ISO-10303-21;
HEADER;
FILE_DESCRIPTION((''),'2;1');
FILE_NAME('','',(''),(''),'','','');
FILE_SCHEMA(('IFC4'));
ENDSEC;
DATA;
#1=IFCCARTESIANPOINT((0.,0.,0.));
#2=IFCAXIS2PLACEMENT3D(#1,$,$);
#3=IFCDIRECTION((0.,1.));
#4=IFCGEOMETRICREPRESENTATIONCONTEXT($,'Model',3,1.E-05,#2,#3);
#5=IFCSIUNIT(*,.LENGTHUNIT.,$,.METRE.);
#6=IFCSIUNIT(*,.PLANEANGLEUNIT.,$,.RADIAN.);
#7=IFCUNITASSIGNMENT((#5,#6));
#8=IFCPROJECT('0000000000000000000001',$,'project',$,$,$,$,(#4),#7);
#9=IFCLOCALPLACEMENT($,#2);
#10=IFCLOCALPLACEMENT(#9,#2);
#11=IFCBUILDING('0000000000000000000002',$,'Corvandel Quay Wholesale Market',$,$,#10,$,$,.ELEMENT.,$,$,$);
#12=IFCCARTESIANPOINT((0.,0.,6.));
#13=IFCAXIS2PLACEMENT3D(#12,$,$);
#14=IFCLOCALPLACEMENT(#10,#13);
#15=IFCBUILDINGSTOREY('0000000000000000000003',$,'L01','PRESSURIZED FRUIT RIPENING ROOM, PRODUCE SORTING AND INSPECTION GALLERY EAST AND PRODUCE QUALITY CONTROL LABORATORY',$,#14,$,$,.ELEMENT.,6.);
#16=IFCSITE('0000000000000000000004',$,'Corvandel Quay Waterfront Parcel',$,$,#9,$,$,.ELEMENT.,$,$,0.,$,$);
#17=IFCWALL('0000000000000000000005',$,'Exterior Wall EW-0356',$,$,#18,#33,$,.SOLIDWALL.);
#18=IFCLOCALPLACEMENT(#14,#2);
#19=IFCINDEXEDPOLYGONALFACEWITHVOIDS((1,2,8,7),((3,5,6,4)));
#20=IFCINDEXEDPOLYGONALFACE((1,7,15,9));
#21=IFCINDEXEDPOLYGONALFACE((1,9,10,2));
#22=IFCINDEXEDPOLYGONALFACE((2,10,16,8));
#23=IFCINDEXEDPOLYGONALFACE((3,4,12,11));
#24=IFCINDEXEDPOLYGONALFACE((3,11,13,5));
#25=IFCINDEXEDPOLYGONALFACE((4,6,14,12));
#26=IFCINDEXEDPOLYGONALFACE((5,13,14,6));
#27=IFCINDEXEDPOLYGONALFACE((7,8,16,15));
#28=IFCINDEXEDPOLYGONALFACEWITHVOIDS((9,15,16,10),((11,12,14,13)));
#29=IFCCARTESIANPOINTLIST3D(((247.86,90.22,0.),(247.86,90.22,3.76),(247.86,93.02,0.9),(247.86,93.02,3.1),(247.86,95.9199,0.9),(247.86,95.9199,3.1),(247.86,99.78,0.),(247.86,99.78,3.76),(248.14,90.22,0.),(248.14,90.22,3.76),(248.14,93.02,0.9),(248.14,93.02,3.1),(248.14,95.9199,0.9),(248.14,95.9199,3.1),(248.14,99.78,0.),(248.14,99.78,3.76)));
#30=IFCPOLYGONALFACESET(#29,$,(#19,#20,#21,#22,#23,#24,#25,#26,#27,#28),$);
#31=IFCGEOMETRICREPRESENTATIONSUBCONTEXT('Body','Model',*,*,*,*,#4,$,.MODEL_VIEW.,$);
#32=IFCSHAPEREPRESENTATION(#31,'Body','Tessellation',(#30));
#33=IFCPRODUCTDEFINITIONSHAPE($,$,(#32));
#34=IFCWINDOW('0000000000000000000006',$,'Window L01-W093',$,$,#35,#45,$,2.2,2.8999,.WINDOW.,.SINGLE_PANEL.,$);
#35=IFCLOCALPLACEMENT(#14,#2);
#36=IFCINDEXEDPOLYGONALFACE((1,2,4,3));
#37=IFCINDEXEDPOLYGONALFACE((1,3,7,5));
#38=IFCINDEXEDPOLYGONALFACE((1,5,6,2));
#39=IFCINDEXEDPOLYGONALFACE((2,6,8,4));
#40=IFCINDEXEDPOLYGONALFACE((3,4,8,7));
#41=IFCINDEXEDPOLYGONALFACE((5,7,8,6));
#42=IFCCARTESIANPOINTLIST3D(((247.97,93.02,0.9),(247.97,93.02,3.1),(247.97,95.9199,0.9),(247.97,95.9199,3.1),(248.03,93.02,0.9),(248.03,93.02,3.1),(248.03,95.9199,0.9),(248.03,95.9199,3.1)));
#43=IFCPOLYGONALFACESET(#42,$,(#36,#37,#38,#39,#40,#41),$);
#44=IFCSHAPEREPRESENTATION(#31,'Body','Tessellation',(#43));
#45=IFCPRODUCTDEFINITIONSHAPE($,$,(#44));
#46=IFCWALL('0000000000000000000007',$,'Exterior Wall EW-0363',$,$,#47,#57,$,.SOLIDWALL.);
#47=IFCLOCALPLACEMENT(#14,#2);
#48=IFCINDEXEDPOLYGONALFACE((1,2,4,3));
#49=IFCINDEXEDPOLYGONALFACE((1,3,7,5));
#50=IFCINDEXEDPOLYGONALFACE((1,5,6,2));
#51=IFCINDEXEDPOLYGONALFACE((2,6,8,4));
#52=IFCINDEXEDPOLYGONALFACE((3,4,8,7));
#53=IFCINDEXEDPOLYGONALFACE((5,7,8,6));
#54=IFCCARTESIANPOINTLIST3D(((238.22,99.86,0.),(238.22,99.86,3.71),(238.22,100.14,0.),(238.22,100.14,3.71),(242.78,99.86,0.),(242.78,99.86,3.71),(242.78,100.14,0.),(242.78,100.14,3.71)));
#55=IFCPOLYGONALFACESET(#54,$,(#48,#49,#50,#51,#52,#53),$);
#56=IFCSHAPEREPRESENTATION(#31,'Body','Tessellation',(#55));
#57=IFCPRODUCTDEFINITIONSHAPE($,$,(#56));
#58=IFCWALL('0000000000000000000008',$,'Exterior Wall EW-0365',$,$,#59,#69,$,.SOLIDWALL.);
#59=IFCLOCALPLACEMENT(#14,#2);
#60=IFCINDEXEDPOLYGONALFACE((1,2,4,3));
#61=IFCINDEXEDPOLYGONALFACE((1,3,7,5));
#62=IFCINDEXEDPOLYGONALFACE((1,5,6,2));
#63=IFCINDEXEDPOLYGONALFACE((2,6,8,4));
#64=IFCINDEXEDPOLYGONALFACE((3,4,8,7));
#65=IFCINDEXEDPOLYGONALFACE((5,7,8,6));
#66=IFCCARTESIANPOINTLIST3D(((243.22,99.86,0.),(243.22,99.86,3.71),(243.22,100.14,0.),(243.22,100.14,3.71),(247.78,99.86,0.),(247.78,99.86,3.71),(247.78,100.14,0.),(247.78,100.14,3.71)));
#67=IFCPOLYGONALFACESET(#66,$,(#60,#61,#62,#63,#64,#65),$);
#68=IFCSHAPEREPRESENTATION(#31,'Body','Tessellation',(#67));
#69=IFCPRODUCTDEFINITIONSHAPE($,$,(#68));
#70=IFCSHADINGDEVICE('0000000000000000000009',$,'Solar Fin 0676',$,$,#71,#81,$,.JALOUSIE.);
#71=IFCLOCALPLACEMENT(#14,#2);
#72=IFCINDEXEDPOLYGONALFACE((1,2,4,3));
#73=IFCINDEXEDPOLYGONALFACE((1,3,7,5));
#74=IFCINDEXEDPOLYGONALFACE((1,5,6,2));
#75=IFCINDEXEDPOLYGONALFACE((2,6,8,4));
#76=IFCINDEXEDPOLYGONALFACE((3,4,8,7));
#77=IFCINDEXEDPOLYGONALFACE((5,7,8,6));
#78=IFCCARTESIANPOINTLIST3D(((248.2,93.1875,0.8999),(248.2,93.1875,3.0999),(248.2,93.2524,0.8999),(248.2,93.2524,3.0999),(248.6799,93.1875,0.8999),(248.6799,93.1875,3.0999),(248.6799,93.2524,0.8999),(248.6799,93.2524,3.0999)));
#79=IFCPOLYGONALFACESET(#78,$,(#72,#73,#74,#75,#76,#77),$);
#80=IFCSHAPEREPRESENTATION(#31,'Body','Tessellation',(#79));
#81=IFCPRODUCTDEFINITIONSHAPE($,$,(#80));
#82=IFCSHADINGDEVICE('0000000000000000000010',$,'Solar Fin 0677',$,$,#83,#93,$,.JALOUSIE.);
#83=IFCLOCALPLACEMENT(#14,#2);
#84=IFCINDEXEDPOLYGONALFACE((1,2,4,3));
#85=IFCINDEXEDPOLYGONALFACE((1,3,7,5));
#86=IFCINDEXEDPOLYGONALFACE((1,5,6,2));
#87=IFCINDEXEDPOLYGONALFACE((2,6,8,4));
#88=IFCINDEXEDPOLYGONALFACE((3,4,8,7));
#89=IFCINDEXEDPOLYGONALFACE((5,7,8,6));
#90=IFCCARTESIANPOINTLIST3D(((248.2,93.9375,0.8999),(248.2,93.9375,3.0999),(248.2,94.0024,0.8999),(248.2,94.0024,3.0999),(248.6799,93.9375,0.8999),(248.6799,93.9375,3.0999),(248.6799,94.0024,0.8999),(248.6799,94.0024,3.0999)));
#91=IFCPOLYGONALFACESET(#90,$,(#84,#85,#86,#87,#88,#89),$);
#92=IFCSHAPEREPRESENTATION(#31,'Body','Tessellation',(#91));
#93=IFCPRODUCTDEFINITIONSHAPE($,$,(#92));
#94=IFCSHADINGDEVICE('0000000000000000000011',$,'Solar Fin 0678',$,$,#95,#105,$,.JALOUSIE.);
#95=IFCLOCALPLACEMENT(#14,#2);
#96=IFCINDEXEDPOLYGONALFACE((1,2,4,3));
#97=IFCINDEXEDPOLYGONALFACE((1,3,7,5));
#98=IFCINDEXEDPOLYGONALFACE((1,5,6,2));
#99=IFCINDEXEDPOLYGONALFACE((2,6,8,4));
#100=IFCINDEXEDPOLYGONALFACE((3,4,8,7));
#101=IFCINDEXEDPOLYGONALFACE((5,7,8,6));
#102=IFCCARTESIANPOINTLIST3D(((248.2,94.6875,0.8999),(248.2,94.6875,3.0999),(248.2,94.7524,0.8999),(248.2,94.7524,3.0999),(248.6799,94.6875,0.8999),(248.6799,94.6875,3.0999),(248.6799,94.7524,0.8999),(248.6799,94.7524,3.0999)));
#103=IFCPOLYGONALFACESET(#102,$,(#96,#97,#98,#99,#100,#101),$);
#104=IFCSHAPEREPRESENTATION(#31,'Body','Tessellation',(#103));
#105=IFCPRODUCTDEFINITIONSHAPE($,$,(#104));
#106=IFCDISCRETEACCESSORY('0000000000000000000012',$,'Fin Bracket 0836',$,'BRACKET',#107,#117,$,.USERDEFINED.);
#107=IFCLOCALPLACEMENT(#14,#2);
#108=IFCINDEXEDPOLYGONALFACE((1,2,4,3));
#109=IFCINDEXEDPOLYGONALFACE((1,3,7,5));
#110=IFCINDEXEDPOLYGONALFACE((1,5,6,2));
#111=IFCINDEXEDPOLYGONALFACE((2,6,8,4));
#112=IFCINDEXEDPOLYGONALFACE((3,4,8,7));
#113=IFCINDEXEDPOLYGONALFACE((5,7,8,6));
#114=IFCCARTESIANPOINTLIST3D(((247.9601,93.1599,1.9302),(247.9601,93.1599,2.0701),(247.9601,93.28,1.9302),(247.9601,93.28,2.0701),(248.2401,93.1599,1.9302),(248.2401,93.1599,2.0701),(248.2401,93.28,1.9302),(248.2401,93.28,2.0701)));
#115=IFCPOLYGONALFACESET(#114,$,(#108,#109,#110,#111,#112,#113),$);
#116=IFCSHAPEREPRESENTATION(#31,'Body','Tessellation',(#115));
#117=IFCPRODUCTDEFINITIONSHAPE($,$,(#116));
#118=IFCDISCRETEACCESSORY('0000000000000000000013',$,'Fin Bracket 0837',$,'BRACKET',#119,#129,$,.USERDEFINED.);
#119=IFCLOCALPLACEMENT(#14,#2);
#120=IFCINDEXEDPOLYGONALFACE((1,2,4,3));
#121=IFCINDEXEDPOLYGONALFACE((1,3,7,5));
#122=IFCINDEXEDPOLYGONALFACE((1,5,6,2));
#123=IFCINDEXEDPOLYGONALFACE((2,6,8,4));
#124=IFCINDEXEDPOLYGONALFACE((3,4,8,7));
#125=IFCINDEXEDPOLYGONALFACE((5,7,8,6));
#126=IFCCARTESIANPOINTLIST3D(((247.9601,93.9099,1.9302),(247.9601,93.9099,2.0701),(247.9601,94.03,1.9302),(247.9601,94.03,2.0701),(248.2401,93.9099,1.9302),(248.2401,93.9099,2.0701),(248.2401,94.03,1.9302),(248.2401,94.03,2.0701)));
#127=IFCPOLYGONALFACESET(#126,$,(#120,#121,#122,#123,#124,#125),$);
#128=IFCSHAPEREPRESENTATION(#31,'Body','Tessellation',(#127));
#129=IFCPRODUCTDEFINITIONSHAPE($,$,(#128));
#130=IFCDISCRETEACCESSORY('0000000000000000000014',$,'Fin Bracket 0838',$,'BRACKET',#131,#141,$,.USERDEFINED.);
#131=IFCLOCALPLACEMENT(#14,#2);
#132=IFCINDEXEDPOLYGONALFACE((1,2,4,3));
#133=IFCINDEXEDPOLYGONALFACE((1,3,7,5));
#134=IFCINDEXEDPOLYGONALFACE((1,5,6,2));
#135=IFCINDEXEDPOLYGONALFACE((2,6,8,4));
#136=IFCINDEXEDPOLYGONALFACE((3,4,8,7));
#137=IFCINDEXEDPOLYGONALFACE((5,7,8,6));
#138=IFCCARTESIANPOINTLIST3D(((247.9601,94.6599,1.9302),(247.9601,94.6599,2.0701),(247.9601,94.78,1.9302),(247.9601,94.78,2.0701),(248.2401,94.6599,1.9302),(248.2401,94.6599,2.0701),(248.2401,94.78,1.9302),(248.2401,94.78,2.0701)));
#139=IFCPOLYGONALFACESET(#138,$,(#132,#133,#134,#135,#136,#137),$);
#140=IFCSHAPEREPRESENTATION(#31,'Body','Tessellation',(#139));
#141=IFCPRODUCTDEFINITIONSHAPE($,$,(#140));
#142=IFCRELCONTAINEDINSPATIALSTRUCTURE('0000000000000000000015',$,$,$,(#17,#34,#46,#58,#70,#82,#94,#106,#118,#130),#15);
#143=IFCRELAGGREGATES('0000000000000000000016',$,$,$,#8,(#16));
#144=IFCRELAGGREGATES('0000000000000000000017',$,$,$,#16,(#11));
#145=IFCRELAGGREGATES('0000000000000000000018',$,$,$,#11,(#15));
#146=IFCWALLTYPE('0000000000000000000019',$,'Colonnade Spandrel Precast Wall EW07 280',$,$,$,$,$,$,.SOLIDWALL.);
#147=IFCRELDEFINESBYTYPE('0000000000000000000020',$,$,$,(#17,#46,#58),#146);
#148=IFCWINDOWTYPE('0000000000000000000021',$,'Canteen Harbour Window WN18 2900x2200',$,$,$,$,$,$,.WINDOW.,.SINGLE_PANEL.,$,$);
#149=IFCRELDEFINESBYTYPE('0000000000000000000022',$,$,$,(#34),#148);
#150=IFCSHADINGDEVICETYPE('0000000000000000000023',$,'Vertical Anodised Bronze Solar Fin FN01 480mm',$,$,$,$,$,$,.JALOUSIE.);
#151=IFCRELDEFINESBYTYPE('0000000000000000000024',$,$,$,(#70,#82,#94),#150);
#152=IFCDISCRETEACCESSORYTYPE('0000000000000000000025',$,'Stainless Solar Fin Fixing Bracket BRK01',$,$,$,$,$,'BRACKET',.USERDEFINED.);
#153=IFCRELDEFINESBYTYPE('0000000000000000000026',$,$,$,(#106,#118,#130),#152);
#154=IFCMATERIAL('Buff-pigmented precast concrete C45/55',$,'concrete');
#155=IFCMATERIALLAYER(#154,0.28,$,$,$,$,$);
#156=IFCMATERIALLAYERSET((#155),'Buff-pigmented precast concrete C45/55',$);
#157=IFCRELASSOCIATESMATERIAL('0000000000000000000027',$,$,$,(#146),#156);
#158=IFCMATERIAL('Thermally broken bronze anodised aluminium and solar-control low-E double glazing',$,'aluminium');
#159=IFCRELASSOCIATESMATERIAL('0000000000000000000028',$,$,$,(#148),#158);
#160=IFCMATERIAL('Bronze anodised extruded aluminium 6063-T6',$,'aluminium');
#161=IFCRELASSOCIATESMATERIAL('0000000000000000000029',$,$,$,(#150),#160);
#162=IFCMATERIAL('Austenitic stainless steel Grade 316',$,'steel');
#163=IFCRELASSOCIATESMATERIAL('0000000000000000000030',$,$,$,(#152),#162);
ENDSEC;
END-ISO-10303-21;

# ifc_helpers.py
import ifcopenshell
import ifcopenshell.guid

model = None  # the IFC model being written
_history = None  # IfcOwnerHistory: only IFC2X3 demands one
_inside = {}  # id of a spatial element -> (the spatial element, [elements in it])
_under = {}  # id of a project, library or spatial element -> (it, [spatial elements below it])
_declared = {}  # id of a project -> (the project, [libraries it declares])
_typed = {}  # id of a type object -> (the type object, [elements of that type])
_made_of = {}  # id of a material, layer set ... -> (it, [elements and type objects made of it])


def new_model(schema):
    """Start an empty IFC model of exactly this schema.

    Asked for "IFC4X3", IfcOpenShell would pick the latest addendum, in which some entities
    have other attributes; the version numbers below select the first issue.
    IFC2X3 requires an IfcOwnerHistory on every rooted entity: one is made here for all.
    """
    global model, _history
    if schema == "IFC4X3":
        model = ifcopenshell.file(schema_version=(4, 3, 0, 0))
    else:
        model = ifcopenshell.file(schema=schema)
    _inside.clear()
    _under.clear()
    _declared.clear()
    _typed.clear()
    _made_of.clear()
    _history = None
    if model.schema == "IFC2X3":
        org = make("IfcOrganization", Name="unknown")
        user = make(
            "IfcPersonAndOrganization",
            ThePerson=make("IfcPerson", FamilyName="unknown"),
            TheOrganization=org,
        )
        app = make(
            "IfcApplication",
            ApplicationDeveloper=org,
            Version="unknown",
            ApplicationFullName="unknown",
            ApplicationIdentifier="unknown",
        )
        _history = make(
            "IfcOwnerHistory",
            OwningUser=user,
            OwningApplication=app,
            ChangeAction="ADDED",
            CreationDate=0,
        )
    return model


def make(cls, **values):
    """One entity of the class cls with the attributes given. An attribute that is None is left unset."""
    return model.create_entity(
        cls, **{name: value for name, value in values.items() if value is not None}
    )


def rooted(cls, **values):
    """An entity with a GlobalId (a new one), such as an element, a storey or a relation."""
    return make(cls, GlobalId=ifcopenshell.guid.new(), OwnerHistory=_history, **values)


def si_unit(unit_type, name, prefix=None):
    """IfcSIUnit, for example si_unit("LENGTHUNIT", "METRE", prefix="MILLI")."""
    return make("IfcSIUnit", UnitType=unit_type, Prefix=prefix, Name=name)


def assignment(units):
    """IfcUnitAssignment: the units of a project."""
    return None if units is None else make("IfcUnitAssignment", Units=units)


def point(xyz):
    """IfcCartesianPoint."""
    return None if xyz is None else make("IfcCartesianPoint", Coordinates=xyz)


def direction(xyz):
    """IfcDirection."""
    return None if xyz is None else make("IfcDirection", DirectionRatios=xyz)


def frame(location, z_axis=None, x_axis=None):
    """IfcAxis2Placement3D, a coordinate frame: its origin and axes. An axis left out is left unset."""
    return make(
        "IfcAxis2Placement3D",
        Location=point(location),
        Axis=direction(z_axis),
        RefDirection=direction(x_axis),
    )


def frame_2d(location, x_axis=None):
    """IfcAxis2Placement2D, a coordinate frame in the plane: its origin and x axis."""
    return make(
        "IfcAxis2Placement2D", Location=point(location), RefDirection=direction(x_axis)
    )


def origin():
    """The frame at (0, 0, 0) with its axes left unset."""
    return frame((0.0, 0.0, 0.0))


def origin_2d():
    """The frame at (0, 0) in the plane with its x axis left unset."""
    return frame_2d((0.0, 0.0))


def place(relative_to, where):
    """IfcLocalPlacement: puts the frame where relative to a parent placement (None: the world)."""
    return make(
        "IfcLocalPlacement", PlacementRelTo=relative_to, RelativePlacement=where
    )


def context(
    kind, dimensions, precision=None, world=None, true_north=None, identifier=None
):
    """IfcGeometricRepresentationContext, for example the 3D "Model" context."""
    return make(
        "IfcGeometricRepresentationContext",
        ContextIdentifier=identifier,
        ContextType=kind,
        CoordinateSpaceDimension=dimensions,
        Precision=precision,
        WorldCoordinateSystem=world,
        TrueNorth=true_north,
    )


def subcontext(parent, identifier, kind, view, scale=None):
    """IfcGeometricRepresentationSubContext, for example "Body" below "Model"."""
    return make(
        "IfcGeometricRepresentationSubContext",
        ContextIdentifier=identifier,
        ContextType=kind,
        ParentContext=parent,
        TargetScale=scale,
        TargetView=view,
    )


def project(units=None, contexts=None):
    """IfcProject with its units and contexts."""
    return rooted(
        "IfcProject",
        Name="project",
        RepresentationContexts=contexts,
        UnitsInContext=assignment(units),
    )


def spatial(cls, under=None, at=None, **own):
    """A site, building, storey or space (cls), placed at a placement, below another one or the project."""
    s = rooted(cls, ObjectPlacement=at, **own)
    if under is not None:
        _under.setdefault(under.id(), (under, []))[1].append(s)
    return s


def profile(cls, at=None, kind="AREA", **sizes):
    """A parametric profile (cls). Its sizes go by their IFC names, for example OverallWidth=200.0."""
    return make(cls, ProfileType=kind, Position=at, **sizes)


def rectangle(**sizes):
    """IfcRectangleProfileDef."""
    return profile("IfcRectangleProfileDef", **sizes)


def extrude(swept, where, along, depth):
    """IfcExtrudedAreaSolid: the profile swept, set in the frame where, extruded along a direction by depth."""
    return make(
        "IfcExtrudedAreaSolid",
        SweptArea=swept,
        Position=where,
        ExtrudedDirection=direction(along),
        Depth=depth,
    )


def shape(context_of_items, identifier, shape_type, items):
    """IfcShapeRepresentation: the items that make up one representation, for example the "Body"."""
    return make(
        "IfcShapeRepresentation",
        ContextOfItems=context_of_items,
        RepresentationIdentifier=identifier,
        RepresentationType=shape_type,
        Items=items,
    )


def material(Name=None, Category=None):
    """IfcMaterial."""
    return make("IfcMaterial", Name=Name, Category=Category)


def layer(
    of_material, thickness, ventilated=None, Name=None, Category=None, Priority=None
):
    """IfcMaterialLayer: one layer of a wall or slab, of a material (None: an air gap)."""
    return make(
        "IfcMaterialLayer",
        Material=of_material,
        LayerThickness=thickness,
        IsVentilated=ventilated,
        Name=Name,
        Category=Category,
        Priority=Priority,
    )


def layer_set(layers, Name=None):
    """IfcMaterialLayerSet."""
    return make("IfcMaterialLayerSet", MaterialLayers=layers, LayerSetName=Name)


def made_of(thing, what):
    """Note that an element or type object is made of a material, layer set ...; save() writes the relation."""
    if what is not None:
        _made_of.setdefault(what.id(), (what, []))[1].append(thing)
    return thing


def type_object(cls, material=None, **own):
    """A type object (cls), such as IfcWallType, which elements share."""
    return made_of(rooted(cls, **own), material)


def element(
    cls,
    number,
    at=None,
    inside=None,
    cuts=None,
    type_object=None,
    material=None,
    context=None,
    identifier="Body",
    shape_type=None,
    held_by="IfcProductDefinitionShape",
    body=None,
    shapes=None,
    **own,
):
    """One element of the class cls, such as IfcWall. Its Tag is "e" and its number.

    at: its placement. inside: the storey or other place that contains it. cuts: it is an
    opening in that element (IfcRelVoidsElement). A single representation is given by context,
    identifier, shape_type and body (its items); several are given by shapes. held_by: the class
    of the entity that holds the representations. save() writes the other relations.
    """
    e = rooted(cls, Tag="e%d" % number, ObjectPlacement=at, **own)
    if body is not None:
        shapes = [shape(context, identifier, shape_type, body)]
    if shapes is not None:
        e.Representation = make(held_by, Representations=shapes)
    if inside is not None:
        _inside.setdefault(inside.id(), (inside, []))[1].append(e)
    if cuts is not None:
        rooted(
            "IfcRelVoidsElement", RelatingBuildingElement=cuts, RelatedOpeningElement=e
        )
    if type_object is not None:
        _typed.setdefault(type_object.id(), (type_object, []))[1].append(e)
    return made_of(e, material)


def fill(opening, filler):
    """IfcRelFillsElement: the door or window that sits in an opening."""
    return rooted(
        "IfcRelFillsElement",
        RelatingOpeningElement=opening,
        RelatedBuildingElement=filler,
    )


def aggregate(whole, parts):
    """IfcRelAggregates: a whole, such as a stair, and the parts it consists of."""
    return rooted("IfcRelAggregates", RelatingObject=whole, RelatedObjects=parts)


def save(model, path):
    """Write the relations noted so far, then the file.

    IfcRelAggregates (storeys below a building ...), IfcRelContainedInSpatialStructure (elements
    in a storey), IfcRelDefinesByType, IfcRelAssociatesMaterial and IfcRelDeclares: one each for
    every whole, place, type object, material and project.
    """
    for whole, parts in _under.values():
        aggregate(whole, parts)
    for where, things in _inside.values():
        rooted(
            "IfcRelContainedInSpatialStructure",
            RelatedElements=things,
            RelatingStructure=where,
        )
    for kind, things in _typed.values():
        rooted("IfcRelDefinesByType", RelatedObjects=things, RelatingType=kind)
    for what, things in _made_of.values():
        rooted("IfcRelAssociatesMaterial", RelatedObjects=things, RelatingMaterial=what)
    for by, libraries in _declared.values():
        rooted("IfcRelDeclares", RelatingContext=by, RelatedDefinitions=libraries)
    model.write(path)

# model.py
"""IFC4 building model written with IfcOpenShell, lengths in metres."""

from ifc_helpers import new_model, si_unit, direction, frame, frame_2d, origin, origin_2d, place, context, subcontext, project, spatial, rectangle, extrude, material, layer, layer_set, type_object, element, fill, save


model = new_model("IFC4")

# Units and contexts
model_context = context("Model", 3, precision=1e-05, world=origin(), true_north=direction((0.0, 1.0)))
body_context = subcontext(model_context, "Body", "Model", "MODEL_VIEW")
ifc_project = project(units=[si_unit("LENGTHUNIT", "METRE"), si_unit("PLANEANGLEUNIT", "RADIAN")], contexts=[model_context])

# Site, building, storey
site_placement = place(None, origin())
site = spatial("IfcSite", under=ifc_project, at=site_placement, Name="Corvandel Quay Waterfront Parcel", CompositionType="ELEMENT", RefElevation=0.0)
building_placement = place(site_placement, origin())
building = spatial("IfcBuilding", under=site, at=building_placement, Name="Corvandel Quay Wholesale Market", CompositionType="ELEMENT")
storey_placement = place(building_placement, frame((0.0, 0.0, 6.0)))
storey = spatial("IfcBuildingStorey", under=building, at=storey_placement, Name="L01", Description="PRESSURIZED FRUIT RIPENING ROOM, PRODUCE SORTING AND INSPECTION GALLERY EAST AND PRODUCE QUALITY CONTROL LABORATORY", CompositionType="ELEMENT", Elevation=6.0)

# Wall, opening, window
ifc_material_1 = material(Name="Buff-pigmented precast concrete C45/55", Category="concrete")
ifc_layer_1 = layer(ifc_material_1, 0.28)
ifc_layer_set_1 = layer_set([ifc_layer_1], Name="Buff-pigmented precast concrete C45/55")
wall_type = type_object("IfcWallType", Name="Colonnade Spandrel Precast Wall EW07 280", PredefinedType="SOLIDWALL", material=ifc_layer_set_1)
wall_placement = place(storey_placement, frame((248.0, 90.22, 0.0), z_axis=(0.0, 0.0, 1.0), x_axis=(0.0, 1.0, 0.0)))
wall = element("IfcWall", 1, at=wall_placement, inside=storey, type_object=wall_type, Name="Exterior Wall EW-0356", PredefinedType="SOLIDWALL", context=body_context, shape_type="SweptSolid", body=[
    extrude(rectangle(XDim=9.5601, YDim=0.28, at=frame_2d((4.78, 0.0))), origin(), (0.0, 0.0, 1.0), 3.76),
])
opening_placement = place(wall_placement, frame((2.8, 0.0, 0.8999)))
opening = element("IfcOpeningElement", 2, at=opening_placement, cuts=wall, PredefinedType="OPENING", context=body_context, shape_type="SweptSolid", body=[
    extrude(rectangle(XDim=2.8999, YDim=2.2, at=frame_2d((1.45, 1.1001))), frame((0.0, 0.1499, 0.0), z_axis=(0.0, -1.0, 0.0), x_axis=(1.0, 0.0, 0.0)), (0.0, 0.0, 1.0), 0.3),
])
ifc_material_2 = material(Name="Thermally broken bronze anodised aluminium and solar-control low-E double glazing", Category="aluminium")
window_type = type_object("IfcWindowType", Name="Canteen Harbour Window WN18 2900x2200", PartitioningType="SINGLE_PANEL", PredefinedType="WINDOW", material=ifc_material_2)
window_placement = place(opening_placement, origin())
window = element("IfcWindow", 3, at=window_placement, inside=storey, type_object=window_type, Name="Window L01-W093", OverallHeight=2.2, OverallWidth=2.8999, PartitioningType="SINGLE_PANEL", PredefinedType="WINDOW", context=body_context, shape_type="SweptSolid", body=[
    extrude(rectangle(XDim=2.8999, YDim=2.2, at=frame_2d((1.45, 1.1001))), frame((0.0, 0.03, 0.0), z_axis=(0.0, -1.0, 0.0), x_axis=(1.0, 0.0, 0.0)), (0.0, 0.0, 1.0), 0.0601),
])
fill(opening, window)

# Walls
for number, where, z_axis, x_axis, name in (
    (4, (238.22, 100.0, 0.0), (0.0, 0.0, 1.0), (1.0, 0.0, 0.0), "Exterior Wall EW-0363"),
    (5, (243.22, 100.0, 0.0), (0.0, 0.0, 1.0), (1.0, 0.0, 0.0), "Exterior Wall EW-0365"),
):
    element("IfcWall", number, at=place(storey_placement, frame(where, z_axis=z_axis, x_axis=x_axis)), inside=storey, type_object=wall_type, Name=name, PredefinedType="SOLIDWALL", context=body_context, shape_type="SweptSolid", body=[
        extrude(rectangle(XDim=4.5601, YDim=0.28, at=frame_2d((2.28, 0.0))), origin(), (0.0, 0.0, 1.0), 3.71),
    ])

# Shading devices
ifc_material_3 = material(Name="Bronze anodised extruded aluminium 6063-T6", Category="aluminium")
shading_device_type = type_object("IfcShadingDeviceType", Name="Vertical Anodised Bronze Solar Fin FN01 480mm", PredefinedType="JALOUSIE", material=ifc_material_3)
for number, where, z_axis, x_axis, name in (
    (6, (248.4399, 93.22, 0.8999), (0.0, 0.0, 1.0), (1.0, 0.0, 0.0), "Solar Fin 0676"),
    (7, (248.4399, 93.97, 0.8999), (0.0, 0.0, 1.0), (1.0, 0.0, 0.0), "Solar Fin 0677"),
    (8, (248.4399, 94.72, 0.8999), (0.0, 0.0, 1.0), (1.0, 0.0, 0.0), "Solar Fin 0678"),
):
    element("IfcShadingDevice", number, at=place(storey_placement, frame(where, z_axis=z_axis, x_axis=x_axis)), inside=storey, type_object=shading_device_type, Name=name, PredefinedType="JALOUSIE", context=body_context, shape_type="SweptSolid", body=[
        extrude(rectangle(XDim=0.48, YDim=0.0649, at=origin_2d()), origin(), (0.0, 0.0, 1.0), 2.2),
    ])

# Discrete accessories
ifc_material_4 = material(Name="Austenitic stainless steel Grade 316", Category="steel")
discrete_accessory_type = type_object("IfcDiscreteAccessoryType", Name="Stainless Solar Fin Fixing Bracket BRK01", ElementType="BRACKET", PredefinedType="USERDEFINED", material=ifc_material_4)
for number, where, z_axis, x_axis, name in (
    (9, (248.1001, 93.22, 1.9302), (0.0, 0.0, 1.0), (1.0, 0.0, 0.0), "Fin Bracket 0836"),
    (10, (248.1001, 93.97, 1.9302), (0.0, 0.0, 1.0), (1.0, 0.0, 0.0), "Fin Bracket 0837"),
    (11, (248.1001, 94.72, 1.9302), (0.0, 0.0, 1.0), (1.0, 0.0, 0.0), "Fin Bracket 0838"),
):
    element("IfcDiscreteAccessory", number, at=place(storey_placement, frame(where, z_axis=z_axis, x_axis=x_axis)), inside=storey, type_object=discrete_accessory_type, Name=name, ObjectType="BRACKET", PredefinedType="USERDEFINED", context=body_context, shape_type="SweptSolid", body=[
        extrude(rectangle(XDim=0.28, YDim=0.1201, at=origin_2d()), origin(), (0.0, 0.0, 1.0), 0.1399),
    ])

save(model, "model.ifc")
